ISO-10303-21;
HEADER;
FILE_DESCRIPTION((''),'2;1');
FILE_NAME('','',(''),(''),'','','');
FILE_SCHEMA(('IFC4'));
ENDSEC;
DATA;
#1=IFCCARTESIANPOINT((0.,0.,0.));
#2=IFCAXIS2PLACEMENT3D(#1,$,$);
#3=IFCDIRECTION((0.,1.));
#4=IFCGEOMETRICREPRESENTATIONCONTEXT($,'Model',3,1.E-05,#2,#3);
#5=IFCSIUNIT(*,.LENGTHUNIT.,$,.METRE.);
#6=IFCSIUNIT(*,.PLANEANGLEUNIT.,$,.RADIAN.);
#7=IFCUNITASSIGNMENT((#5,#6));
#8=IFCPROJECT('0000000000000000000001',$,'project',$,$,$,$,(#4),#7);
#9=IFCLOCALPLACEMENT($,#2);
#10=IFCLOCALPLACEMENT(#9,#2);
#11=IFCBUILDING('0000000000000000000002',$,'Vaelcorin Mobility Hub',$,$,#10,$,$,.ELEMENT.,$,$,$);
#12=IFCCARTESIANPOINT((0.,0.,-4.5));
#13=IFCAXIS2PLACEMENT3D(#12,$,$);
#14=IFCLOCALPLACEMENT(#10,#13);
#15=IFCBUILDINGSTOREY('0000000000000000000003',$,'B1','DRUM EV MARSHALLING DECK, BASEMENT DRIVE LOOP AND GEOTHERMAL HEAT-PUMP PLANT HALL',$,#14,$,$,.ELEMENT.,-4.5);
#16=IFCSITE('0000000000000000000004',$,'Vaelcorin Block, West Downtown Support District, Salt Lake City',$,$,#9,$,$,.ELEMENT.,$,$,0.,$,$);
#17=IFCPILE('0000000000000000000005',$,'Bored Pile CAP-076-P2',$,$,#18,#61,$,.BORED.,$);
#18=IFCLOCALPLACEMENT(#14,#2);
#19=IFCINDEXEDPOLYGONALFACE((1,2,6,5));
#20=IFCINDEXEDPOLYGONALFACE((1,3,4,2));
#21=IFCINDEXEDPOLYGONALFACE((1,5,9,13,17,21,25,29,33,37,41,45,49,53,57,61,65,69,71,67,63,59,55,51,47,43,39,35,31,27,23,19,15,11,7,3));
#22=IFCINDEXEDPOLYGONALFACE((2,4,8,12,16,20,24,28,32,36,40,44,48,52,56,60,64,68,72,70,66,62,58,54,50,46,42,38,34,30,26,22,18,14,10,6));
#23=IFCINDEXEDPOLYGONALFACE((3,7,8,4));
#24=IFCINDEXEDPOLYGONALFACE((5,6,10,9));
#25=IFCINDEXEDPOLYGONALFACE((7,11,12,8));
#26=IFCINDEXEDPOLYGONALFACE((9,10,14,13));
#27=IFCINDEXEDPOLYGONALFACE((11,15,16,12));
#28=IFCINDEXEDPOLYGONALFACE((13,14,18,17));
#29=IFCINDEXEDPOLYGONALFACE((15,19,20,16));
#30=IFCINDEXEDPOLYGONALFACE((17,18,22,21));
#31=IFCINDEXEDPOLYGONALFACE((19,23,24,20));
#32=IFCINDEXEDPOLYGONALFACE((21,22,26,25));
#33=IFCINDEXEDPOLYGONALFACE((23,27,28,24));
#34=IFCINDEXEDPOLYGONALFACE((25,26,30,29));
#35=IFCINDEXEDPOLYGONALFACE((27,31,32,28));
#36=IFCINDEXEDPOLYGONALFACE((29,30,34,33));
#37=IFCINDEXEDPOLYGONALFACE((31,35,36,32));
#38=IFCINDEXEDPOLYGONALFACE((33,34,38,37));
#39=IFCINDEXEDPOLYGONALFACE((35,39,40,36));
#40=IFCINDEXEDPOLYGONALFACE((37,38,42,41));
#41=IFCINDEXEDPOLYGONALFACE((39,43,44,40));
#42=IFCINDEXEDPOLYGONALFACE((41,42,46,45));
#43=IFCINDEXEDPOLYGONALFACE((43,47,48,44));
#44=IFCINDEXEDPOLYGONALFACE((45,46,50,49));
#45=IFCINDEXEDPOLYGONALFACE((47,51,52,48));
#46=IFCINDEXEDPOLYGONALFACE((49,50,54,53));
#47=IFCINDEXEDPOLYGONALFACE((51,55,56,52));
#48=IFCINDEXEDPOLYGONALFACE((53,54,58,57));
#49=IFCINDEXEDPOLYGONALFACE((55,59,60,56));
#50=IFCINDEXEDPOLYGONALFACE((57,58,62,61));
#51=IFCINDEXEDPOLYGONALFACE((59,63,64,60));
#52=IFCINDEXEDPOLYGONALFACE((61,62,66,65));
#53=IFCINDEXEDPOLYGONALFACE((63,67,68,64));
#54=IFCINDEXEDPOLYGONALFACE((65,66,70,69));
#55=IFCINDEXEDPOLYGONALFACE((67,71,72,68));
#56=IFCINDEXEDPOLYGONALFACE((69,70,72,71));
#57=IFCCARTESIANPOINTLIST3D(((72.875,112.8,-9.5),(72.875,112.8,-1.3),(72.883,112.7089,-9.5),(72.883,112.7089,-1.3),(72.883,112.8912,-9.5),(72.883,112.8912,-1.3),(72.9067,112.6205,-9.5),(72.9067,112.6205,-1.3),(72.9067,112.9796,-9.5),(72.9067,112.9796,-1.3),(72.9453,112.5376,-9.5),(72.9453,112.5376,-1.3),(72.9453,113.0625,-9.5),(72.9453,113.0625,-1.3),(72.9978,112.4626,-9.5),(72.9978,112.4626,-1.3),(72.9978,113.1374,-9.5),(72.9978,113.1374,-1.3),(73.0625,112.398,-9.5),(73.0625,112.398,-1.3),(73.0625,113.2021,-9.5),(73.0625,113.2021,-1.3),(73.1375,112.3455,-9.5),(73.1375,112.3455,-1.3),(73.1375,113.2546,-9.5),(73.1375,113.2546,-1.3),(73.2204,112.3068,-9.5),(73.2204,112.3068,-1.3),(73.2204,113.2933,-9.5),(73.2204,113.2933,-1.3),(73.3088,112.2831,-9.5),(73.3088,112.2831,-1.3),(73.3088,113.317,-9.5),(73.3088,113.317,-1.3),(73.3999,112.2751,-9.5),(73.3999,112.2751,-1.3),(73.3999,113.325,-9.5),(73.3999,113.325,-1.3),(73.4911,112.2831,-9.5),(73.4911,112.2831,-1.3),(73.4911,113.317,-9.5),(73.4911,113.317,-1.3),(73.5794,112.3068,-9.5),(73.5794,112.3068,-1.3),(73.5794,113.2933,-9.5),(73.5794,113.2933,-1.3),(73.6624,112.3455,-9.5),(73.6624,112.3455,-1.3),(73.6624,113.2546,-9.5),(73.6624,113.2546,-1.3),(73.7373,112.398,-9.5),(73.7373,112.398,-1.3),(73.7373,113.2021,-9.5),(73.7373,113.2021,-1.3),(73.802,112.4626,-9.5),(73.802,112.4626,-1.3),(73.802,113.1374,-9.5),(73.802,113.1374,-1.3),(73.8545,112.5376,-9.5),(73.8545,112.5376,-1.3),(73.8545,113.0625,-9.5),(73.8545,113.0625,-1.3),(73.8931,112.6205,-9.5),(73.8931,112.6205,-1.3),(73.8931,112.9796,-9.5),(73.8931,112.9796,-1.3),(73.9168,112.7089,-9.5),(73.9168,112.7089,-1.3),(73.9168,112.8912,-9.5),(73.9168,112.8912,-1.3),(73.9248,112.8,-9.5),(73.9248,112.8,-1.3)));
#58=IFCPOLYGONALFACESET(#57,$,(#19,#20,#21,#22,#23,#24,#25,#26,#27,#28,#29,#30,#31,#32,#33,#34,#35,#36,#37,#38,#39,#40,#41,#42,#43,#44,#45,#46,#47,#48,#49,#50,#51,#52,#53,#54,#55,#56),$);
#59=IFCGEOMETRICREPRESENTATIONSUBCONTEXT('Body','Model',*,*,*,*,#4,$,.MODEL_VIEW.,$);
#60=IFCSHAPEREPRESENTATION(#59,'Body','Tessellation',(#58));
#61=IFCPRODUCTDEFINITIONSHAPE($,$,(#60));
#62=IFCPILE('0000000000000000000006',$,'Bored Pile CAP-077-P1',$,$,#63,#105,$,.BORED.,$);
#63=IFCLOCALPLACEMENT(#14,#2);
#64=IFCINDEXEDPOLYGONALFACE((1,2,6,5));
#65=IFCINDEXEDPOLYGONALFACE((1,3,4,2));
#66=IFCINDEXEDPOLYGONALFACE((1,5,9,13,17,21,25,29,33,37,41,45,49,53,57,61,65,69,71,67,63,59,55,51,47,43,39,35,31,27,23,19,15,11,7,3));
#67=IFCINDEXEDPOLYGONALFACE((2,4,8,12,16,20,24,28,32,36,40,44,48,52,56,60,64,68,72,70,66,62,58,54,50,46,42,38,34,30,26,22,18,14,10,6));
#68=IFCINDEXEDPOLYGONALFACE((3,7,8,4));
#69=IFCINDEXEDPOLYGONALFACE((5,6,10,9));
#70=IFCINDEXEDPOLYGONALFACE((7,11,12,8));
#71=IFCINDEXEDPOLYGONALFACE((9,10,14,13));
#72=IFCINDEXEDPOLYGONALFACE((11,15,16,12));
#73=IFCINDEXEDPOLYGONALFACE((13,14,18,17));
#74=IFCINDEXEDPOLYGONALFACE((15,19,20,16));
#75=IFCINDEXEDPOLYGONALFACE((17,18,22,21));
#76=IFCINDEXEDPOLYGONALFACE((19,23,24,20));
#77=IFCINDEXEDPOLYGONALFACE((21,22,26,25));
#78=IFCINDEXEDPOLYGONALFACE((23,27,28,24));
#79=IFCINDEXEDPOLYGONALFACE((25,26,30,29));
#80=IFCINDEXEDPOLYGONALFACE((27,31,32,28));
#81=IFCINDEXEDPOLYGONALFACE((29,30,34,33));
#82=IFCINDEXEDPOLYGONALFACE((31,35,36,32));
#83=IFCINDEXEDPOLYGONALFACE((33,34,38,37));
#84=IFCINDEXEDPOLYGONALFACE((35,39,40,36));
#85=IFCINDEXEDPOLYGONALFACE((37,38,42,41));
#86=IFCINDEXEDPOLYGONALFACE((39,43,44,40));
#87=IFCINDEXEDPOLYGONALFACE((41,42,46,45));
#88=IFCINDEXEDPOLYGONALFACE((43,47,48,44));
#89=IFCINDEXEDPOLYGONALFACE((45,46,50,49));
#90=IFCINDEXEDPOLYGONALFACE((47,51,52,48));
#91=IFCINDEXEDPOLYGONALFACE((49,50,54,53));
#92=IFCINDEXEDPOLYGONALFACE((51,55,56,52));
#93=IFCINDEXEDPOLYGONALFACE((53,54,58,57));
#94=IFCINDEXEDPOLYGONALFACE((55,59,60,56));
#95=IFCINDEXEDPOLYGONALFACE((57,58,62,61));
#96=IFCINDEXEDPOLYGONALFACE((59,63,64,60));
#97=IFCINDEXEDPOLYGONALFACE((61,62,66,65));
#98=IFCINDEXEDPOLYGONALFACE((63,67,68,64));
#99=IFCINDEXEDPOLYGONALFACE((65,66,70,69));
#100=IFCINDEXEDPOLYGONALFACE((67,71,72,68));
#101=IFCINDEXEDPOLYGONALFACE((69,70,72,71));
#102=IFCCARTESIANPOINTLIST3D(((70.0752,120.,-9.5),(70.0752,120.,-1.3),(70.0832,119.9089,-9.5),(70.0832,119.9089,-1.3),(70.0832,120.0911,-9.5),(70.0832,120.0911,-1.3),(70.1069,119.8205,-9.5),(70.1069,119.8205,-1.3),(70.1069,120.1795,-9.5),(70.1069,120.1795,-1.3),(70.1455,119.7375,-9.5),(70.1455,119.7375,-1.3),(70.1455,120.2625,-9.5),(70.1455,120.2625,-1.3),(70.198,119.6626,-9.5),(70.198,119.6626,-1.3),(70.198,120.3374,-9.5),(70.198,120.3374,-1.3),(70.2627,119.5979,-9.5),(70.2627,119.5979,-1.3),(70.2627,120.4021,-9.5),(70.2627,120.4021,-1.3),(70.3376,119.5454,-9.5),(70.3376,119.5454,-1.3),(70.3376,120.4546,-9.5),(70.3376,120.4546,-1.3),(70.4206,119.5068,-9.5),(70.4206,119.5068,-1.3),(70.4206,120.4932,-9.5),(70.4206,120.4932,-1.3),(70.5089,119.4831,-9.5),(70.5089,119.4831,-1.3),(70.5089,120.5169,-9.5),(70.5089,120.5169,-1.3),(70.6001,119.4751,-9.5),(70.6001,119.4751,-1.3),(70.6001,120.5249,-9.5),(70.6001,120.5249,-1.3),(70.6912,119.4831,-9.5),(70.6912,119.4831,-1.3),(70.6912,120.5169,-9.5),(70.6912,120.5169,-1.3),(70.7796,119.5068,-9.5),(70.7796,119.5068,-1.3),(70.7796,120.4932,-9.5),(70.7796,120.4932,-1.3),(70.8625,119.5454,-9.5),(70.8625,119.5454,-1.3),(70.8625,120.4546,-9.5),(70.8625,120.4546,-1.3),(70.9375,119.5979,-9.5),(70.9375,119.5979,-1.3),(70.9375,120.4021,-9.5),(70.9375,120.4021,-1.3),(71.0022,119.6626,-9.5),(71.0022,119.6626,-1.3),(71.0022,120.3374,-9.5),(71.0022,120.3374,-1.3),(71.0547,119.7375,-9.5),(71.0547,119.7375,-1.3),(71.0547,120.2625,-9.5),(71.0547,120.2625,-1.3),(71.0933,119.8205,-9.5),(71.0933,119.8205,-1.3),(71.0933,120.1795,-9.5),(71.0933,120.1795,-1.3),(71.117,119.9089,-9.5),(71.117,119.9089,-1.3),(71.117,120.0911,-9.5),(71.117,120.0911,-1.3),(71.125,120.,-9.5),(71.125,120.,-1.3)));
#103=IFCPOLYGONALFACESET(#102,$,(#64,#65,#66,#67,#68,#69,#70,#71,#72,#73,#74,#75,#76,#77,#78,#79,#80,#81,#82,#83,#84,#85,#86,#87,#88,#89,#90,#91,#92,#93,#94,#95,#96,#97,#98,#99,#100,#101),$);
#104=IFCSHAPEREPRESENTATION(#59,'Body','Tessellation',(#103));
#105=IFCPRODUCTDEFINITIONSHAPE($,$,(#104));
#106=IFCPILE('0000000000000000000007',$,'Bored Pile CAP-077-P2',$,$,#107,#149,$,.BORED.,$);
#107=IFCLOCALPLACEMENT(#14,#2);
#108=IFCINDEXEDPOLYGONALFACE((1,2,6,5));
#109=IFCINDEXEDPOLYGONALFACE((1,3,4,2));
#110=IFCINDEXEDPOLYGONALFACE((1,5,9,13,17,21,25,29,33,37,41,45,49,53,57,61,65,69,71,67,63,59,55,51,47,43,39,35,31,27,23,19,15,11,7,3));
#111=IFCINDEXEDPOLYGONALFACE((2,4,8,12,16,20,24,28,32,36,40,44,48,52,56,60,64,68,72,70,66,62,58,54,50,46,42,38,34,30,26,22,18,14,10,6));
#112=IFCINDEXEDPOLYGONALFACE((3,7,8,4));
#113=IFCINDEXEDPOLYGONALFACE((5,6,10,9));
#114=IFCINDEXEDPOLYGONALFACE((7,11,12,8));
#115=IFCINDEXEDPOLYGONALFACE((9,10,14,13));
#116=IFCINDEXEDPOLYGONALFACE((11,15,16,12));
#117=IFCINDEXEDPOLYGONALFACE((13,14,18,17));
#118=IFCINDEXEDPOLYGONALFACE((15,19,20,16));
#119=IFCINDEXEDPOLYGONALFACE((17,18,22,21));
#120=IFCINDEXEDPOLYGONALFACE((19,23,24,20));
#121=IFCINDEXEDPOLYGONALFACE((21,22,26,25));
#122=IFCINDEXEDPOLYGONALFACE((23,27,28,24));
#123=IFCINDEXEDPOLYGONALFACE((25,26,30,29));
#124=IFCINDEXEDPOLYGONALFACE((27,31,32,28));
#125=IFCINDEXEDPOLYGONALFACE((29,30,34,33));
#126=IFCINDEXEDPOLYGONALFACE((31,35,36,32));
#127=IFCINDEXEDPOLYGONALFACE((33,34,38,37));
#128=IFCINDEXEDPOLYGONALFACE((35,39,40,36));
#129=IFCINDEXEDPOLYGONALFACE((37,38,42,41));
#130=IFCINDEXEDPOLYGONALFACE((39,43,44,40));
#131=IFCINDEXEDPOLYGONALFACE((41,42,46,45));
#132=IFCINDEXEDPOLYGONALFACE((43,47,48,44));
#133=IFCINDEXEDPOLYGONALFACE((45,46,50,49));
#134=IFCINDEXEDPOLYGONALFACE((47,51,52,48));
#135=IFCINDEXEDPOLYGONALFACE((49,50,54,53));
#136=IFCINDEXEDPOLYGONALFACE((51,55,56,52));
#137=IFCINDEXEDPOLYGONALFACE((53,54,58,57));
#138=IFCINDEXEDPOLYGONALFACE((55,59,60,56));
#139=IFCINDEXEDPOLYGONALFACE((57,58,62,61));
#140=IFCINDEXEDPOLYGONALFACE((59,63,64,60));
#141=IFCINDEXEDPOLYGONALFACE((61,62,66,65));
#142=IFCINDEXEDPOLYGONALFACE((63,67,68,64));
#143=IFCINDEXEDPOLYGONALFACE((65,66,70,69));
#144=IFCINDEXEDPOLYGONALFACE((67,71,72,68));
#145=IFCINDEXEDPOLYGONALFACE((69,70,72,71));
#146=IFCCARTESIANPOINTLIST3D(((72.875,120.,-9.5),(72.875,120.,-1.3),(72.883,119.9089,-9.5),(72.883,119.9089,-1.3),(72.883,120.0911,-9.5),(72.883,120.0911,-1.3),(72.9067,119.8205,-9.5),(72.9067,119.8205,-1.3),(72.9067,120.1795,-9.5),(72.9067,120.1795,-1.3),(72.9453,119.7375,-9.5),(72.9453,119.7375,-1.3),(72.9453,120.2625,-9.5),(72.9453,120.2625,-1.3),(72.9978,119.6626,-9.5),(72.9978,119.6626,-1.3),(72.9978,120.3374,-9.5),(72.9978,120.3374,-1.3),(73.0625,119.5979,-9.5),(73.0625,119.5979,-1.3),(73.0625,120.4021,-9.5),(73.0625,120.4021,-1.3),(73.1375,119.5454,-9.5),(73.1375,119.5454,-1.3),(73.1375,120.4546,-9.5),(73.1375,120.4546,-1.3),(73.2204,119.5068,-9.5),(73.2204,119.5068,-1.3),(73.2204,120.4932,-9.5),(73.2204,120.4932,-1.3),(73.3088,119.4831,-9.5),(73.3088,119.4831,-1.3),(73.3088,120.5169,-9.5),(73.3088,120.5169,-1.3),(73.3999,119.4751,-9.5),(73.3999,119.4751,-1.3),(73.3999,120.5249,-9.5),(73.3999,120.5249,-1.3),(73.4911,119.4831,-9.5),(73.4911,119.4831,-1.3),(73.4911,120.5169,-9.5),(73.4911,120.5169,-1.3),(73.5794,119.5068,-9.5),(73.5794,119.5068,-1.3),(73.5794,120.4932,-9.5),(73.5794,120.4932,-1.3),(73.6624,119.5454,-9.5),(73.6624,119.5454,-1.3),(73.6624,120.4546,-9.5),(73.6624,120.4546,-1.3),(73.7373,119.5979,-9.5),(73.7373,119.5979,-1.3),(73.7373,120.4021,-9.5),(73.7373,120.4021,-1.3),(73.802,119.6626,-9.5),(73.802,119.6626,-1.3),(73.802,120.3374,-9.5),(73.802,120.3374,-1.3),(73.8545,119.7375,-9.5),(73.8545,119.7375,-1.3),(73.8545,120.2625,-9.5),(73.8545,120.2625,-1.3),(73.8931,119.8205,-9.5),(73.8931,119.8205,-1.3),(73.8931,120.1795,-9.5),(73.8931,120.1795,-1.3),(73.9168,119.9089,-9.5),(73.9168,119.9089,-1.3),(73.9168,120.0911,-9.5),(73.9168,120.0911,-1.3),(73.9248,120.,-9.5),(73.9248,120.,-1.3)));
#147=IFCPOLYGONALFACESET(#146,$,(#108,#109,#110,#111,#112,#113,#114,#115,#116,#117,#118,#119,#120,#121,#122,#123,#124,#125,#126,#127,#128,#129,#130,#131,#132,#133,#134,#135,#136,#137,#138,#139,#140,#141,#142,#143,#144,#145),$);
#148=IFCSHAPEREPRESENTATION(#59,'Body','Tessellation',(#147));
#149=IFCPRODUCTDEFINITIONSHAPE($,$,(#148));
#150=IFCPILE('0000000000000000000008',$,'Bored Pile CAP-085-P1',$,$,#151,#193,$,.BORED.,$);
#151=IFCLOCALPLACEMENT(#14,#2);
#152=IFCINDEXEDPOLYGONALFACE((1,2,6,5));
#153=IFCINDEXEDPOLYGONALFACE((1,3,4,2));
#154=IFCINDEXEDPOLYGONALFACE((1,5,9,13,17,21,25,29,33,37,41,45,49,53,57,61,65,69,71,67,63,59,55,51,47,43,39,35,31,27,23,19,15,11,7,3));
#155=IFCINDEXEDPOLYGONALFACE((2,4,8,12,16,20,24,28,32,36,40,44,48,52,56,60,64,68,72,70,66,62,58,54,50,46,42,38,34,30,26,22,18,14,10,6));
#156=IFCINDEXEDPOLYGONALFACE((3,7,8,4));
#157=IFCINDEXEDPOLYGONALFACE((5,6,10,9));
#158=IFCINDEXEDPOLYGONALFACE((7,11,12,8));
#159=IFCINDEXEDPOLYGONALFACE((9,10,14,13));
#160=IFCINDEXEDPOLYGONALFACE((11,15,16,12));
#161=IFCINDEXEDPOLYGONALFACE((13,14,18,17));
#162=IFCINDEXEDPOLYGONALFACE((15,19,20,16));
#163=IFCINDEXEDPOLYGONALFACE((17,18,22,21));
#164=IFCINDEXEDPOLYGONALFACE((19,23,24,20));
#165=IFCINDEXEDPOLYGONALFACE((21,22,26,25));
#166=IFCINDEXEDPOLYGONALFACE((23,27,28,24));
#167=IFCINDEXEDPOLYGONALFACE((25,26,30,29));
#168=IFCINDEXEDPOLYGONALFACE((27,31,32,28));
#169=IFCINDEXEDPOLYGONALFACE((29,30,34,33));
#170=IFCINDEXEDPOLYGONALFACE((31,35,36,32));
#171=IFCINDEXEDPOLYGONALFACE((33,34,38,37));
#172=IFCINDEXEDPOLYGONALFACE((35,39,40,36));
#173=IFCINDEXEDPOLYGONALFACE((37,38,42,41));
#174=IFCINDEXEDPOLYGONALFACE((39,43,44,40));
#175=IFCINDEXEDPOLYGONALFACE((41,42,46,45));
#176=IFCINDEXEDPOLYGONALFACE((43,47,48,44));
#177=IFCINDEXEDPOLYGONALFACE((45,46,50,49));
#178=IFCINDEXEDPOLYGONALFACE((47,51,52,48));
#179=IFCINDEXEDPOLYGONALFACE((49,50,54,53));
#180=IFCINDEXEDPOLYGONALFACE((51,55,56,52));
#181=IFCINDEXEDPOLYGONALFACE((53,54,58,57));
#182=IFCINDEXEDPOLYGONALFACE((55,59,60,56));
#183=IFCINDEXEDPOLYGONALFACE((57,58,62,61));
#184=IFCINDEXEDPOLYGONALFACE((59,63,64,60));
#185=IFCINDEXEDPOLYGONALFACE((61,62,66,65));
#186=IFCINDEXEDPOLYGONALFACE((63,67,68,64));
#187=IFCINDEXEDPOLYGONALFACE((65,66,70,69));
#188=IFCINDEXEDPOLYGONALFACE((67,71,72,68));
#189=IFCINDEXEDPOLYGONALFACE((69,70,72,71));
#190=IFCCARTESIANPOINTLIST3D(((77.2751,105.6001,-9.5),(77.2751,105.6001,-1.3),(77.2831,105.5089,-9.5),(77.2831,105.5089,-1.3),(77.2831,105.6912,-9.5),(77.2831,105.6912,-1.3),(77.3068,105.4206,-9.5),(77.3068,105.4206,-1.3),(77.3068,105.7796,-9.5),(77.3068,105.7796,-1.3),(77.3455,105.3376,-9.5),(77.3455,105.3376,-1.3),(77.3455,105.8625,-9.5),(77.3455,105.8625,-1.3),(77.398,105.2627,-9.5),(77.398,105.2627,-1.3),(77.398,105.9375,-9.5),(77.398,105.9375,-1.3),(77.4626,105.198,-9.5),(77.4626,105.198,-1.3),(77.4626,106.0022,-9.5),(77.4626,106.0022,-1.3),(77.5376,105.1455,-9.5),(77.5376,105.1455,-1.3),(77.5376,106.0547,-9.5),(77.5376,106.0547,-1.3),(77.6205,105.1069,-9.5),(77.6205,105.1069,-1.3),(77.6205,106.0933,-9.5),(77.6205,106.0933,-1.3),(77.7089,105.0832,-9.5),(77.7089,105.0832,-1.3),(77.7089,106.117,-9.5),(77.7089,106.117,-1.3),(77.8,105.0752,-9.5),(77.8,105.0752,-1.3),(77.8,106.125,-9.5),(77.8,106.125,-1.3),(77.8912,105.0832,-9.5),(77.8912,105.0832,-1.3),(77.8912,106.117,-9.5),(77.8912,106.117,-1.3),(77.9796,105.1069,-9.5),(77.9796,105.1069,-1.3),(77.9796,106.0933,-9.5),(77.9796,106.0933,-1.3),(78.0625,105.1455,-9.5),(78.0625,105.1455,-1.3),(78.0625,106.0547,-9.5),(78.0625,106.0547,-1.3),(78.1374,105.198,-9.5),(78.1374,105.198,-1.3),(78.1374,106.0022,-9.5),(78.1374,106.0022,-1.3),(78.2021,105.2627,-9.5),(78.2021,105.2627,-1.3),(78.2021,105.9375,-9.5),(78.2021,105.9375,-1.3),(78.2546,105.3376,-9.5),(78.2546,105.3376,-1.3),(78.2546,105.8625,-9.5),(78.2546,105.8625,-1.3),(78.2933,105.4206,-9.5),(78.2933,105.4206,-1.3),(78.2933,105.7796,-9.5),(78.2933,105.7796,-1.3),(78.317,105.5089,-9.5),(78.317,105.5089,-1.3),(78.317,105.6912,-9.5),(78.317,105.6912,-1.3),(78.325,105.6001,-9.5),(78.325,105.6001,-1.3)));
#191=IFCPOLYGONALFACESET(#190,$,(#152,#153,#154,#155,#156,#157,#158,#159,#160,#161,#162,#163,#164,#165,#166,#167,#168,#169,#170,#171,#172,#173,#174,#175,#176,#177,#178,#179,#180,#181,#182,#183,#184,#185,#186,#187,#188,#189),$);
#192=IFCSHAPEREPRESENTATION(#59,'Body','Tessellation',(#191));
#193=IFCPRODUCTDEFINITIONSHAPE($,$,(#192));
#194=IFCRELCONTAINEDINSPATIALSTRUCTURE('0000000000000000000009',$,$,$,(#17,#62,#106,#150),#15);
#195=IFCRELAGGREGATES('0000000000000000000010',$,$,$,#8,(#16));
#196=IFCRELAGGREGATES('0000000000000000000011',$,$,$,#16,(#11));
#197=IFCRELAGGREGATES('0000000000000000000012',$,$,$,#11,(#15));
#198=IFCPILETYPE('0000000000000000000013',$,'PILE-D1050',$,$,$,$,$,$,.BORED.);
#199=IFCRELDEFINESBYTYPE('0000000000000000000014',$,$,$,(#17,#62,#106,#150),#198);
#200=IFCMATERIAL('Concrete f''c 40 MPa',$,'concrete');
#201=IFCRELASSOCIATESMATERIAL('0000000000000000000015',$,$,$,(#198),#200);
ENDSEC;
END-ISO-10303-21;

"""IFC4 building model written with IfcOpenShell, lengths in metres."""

from ifc_helpers import new_model, si_unit, direction, frame, origin, origin_2d, place, context, subcontext, project, spatial, circle, extrude, material, material_profile, profile_set, type_object, element, save


model = new_model("IFC4")

# Units and contexts
model_context = context("Model", 3, precision=1e-05, world=origin(), true_north=direction((0.0, 1.0)))
body_context = subcontext(model_context, "Body", "Model", "MODEL_VIEW")
ifc_project = project(units=[si_unit("LENGTHUNIT", "METRE"), si_unit("PLANEANGLEUNIT", "RADIAN")], contexts=[model_context])

# Site, building, storey
site_placement = place(None, origin())
site = spatial("IfcSite", under=ifc_project, at=site_placement, Name="Vaelcorin Block, West Downtown Support District, Salt Lake City", CompositionType="ELEMENT", RefElevation=0.0)
building_placement = place(site_placement, origin())
building = spatial("IfcBuilding", under=site, at=building_placement, Name="Vaelcorin Mobility Hub", CompositionType="ELEMENT")
storey_placement = place(building_placement, frame((0.0, 0.0, -4.5)))
storey = spatial("IfcBuildingStorey", under=building, at=storey_placement, Name="B1", Description="DRUM EV MARSHALLING DECK, BASEMENT DRIVE LOOP AND GEOTHERMAL HEAT-PUMP PLANT HALL", CompositionType="ELEMENT", Elevation=-4.5)

# Shared definitions
ifc_material_1 = material(Name="Concrete f'c 40 MPa", Category="concrete")

# Piles
ifc_material_profile_1 = material_profile(ifc_material_1, circle(Radius=0.5249, at=origin_2d()), Name="BP-D1050")
ifc_profile_set_1 = profile_set([ifc_material_profile_1], Name="Concrete f'c 40 MPa")
pile_type = type_object("IfcPileType", Name="PILE-D1050", PredefinedType="BORED", material=ifc_profile_set_1)
for number, where, z_axis, x_axis, name in (
    (1, (73.3999, 112.8, -1.3), (0.0, 0.0, -1.0), (1.0, 0.0, 0.0), "Bored Pile CAP-076-P2"),
    (2, (70.6001, 120.0, -1.3), (0.0, 0.0, -1.0), (1.0, 0.0, 0.0), "Bored Pile CAP-077-P1"),
    (3, (73.3999, 120.0, -1.3), (0.0, 0.0, -1.0), (1.0, 0.0, 0.0), "Bored Pile CAP-077-P2"),
    (4, (77.8, 105.6001, -1.3), (0.0, 0.0, -1.0), (1.0, 0.0, 0.0), "Bored Pile CAP-085-P1"),
):
    element("IfcPile", number, at=place(storey_placement, frame(where, z_axis=z_axis, x_axis=x_axis)), inside=storey, type_object=pile_type, Name=name, PredefinedType="BORED", context=body_context, shape_type="SweptSolid", body=[
        extrude(circle(Radius=0.5249, at=origin_2d()), origin(), (0.0, 0.0, 1.0), 8.2),
    ])

save(model, "model.ifc")
